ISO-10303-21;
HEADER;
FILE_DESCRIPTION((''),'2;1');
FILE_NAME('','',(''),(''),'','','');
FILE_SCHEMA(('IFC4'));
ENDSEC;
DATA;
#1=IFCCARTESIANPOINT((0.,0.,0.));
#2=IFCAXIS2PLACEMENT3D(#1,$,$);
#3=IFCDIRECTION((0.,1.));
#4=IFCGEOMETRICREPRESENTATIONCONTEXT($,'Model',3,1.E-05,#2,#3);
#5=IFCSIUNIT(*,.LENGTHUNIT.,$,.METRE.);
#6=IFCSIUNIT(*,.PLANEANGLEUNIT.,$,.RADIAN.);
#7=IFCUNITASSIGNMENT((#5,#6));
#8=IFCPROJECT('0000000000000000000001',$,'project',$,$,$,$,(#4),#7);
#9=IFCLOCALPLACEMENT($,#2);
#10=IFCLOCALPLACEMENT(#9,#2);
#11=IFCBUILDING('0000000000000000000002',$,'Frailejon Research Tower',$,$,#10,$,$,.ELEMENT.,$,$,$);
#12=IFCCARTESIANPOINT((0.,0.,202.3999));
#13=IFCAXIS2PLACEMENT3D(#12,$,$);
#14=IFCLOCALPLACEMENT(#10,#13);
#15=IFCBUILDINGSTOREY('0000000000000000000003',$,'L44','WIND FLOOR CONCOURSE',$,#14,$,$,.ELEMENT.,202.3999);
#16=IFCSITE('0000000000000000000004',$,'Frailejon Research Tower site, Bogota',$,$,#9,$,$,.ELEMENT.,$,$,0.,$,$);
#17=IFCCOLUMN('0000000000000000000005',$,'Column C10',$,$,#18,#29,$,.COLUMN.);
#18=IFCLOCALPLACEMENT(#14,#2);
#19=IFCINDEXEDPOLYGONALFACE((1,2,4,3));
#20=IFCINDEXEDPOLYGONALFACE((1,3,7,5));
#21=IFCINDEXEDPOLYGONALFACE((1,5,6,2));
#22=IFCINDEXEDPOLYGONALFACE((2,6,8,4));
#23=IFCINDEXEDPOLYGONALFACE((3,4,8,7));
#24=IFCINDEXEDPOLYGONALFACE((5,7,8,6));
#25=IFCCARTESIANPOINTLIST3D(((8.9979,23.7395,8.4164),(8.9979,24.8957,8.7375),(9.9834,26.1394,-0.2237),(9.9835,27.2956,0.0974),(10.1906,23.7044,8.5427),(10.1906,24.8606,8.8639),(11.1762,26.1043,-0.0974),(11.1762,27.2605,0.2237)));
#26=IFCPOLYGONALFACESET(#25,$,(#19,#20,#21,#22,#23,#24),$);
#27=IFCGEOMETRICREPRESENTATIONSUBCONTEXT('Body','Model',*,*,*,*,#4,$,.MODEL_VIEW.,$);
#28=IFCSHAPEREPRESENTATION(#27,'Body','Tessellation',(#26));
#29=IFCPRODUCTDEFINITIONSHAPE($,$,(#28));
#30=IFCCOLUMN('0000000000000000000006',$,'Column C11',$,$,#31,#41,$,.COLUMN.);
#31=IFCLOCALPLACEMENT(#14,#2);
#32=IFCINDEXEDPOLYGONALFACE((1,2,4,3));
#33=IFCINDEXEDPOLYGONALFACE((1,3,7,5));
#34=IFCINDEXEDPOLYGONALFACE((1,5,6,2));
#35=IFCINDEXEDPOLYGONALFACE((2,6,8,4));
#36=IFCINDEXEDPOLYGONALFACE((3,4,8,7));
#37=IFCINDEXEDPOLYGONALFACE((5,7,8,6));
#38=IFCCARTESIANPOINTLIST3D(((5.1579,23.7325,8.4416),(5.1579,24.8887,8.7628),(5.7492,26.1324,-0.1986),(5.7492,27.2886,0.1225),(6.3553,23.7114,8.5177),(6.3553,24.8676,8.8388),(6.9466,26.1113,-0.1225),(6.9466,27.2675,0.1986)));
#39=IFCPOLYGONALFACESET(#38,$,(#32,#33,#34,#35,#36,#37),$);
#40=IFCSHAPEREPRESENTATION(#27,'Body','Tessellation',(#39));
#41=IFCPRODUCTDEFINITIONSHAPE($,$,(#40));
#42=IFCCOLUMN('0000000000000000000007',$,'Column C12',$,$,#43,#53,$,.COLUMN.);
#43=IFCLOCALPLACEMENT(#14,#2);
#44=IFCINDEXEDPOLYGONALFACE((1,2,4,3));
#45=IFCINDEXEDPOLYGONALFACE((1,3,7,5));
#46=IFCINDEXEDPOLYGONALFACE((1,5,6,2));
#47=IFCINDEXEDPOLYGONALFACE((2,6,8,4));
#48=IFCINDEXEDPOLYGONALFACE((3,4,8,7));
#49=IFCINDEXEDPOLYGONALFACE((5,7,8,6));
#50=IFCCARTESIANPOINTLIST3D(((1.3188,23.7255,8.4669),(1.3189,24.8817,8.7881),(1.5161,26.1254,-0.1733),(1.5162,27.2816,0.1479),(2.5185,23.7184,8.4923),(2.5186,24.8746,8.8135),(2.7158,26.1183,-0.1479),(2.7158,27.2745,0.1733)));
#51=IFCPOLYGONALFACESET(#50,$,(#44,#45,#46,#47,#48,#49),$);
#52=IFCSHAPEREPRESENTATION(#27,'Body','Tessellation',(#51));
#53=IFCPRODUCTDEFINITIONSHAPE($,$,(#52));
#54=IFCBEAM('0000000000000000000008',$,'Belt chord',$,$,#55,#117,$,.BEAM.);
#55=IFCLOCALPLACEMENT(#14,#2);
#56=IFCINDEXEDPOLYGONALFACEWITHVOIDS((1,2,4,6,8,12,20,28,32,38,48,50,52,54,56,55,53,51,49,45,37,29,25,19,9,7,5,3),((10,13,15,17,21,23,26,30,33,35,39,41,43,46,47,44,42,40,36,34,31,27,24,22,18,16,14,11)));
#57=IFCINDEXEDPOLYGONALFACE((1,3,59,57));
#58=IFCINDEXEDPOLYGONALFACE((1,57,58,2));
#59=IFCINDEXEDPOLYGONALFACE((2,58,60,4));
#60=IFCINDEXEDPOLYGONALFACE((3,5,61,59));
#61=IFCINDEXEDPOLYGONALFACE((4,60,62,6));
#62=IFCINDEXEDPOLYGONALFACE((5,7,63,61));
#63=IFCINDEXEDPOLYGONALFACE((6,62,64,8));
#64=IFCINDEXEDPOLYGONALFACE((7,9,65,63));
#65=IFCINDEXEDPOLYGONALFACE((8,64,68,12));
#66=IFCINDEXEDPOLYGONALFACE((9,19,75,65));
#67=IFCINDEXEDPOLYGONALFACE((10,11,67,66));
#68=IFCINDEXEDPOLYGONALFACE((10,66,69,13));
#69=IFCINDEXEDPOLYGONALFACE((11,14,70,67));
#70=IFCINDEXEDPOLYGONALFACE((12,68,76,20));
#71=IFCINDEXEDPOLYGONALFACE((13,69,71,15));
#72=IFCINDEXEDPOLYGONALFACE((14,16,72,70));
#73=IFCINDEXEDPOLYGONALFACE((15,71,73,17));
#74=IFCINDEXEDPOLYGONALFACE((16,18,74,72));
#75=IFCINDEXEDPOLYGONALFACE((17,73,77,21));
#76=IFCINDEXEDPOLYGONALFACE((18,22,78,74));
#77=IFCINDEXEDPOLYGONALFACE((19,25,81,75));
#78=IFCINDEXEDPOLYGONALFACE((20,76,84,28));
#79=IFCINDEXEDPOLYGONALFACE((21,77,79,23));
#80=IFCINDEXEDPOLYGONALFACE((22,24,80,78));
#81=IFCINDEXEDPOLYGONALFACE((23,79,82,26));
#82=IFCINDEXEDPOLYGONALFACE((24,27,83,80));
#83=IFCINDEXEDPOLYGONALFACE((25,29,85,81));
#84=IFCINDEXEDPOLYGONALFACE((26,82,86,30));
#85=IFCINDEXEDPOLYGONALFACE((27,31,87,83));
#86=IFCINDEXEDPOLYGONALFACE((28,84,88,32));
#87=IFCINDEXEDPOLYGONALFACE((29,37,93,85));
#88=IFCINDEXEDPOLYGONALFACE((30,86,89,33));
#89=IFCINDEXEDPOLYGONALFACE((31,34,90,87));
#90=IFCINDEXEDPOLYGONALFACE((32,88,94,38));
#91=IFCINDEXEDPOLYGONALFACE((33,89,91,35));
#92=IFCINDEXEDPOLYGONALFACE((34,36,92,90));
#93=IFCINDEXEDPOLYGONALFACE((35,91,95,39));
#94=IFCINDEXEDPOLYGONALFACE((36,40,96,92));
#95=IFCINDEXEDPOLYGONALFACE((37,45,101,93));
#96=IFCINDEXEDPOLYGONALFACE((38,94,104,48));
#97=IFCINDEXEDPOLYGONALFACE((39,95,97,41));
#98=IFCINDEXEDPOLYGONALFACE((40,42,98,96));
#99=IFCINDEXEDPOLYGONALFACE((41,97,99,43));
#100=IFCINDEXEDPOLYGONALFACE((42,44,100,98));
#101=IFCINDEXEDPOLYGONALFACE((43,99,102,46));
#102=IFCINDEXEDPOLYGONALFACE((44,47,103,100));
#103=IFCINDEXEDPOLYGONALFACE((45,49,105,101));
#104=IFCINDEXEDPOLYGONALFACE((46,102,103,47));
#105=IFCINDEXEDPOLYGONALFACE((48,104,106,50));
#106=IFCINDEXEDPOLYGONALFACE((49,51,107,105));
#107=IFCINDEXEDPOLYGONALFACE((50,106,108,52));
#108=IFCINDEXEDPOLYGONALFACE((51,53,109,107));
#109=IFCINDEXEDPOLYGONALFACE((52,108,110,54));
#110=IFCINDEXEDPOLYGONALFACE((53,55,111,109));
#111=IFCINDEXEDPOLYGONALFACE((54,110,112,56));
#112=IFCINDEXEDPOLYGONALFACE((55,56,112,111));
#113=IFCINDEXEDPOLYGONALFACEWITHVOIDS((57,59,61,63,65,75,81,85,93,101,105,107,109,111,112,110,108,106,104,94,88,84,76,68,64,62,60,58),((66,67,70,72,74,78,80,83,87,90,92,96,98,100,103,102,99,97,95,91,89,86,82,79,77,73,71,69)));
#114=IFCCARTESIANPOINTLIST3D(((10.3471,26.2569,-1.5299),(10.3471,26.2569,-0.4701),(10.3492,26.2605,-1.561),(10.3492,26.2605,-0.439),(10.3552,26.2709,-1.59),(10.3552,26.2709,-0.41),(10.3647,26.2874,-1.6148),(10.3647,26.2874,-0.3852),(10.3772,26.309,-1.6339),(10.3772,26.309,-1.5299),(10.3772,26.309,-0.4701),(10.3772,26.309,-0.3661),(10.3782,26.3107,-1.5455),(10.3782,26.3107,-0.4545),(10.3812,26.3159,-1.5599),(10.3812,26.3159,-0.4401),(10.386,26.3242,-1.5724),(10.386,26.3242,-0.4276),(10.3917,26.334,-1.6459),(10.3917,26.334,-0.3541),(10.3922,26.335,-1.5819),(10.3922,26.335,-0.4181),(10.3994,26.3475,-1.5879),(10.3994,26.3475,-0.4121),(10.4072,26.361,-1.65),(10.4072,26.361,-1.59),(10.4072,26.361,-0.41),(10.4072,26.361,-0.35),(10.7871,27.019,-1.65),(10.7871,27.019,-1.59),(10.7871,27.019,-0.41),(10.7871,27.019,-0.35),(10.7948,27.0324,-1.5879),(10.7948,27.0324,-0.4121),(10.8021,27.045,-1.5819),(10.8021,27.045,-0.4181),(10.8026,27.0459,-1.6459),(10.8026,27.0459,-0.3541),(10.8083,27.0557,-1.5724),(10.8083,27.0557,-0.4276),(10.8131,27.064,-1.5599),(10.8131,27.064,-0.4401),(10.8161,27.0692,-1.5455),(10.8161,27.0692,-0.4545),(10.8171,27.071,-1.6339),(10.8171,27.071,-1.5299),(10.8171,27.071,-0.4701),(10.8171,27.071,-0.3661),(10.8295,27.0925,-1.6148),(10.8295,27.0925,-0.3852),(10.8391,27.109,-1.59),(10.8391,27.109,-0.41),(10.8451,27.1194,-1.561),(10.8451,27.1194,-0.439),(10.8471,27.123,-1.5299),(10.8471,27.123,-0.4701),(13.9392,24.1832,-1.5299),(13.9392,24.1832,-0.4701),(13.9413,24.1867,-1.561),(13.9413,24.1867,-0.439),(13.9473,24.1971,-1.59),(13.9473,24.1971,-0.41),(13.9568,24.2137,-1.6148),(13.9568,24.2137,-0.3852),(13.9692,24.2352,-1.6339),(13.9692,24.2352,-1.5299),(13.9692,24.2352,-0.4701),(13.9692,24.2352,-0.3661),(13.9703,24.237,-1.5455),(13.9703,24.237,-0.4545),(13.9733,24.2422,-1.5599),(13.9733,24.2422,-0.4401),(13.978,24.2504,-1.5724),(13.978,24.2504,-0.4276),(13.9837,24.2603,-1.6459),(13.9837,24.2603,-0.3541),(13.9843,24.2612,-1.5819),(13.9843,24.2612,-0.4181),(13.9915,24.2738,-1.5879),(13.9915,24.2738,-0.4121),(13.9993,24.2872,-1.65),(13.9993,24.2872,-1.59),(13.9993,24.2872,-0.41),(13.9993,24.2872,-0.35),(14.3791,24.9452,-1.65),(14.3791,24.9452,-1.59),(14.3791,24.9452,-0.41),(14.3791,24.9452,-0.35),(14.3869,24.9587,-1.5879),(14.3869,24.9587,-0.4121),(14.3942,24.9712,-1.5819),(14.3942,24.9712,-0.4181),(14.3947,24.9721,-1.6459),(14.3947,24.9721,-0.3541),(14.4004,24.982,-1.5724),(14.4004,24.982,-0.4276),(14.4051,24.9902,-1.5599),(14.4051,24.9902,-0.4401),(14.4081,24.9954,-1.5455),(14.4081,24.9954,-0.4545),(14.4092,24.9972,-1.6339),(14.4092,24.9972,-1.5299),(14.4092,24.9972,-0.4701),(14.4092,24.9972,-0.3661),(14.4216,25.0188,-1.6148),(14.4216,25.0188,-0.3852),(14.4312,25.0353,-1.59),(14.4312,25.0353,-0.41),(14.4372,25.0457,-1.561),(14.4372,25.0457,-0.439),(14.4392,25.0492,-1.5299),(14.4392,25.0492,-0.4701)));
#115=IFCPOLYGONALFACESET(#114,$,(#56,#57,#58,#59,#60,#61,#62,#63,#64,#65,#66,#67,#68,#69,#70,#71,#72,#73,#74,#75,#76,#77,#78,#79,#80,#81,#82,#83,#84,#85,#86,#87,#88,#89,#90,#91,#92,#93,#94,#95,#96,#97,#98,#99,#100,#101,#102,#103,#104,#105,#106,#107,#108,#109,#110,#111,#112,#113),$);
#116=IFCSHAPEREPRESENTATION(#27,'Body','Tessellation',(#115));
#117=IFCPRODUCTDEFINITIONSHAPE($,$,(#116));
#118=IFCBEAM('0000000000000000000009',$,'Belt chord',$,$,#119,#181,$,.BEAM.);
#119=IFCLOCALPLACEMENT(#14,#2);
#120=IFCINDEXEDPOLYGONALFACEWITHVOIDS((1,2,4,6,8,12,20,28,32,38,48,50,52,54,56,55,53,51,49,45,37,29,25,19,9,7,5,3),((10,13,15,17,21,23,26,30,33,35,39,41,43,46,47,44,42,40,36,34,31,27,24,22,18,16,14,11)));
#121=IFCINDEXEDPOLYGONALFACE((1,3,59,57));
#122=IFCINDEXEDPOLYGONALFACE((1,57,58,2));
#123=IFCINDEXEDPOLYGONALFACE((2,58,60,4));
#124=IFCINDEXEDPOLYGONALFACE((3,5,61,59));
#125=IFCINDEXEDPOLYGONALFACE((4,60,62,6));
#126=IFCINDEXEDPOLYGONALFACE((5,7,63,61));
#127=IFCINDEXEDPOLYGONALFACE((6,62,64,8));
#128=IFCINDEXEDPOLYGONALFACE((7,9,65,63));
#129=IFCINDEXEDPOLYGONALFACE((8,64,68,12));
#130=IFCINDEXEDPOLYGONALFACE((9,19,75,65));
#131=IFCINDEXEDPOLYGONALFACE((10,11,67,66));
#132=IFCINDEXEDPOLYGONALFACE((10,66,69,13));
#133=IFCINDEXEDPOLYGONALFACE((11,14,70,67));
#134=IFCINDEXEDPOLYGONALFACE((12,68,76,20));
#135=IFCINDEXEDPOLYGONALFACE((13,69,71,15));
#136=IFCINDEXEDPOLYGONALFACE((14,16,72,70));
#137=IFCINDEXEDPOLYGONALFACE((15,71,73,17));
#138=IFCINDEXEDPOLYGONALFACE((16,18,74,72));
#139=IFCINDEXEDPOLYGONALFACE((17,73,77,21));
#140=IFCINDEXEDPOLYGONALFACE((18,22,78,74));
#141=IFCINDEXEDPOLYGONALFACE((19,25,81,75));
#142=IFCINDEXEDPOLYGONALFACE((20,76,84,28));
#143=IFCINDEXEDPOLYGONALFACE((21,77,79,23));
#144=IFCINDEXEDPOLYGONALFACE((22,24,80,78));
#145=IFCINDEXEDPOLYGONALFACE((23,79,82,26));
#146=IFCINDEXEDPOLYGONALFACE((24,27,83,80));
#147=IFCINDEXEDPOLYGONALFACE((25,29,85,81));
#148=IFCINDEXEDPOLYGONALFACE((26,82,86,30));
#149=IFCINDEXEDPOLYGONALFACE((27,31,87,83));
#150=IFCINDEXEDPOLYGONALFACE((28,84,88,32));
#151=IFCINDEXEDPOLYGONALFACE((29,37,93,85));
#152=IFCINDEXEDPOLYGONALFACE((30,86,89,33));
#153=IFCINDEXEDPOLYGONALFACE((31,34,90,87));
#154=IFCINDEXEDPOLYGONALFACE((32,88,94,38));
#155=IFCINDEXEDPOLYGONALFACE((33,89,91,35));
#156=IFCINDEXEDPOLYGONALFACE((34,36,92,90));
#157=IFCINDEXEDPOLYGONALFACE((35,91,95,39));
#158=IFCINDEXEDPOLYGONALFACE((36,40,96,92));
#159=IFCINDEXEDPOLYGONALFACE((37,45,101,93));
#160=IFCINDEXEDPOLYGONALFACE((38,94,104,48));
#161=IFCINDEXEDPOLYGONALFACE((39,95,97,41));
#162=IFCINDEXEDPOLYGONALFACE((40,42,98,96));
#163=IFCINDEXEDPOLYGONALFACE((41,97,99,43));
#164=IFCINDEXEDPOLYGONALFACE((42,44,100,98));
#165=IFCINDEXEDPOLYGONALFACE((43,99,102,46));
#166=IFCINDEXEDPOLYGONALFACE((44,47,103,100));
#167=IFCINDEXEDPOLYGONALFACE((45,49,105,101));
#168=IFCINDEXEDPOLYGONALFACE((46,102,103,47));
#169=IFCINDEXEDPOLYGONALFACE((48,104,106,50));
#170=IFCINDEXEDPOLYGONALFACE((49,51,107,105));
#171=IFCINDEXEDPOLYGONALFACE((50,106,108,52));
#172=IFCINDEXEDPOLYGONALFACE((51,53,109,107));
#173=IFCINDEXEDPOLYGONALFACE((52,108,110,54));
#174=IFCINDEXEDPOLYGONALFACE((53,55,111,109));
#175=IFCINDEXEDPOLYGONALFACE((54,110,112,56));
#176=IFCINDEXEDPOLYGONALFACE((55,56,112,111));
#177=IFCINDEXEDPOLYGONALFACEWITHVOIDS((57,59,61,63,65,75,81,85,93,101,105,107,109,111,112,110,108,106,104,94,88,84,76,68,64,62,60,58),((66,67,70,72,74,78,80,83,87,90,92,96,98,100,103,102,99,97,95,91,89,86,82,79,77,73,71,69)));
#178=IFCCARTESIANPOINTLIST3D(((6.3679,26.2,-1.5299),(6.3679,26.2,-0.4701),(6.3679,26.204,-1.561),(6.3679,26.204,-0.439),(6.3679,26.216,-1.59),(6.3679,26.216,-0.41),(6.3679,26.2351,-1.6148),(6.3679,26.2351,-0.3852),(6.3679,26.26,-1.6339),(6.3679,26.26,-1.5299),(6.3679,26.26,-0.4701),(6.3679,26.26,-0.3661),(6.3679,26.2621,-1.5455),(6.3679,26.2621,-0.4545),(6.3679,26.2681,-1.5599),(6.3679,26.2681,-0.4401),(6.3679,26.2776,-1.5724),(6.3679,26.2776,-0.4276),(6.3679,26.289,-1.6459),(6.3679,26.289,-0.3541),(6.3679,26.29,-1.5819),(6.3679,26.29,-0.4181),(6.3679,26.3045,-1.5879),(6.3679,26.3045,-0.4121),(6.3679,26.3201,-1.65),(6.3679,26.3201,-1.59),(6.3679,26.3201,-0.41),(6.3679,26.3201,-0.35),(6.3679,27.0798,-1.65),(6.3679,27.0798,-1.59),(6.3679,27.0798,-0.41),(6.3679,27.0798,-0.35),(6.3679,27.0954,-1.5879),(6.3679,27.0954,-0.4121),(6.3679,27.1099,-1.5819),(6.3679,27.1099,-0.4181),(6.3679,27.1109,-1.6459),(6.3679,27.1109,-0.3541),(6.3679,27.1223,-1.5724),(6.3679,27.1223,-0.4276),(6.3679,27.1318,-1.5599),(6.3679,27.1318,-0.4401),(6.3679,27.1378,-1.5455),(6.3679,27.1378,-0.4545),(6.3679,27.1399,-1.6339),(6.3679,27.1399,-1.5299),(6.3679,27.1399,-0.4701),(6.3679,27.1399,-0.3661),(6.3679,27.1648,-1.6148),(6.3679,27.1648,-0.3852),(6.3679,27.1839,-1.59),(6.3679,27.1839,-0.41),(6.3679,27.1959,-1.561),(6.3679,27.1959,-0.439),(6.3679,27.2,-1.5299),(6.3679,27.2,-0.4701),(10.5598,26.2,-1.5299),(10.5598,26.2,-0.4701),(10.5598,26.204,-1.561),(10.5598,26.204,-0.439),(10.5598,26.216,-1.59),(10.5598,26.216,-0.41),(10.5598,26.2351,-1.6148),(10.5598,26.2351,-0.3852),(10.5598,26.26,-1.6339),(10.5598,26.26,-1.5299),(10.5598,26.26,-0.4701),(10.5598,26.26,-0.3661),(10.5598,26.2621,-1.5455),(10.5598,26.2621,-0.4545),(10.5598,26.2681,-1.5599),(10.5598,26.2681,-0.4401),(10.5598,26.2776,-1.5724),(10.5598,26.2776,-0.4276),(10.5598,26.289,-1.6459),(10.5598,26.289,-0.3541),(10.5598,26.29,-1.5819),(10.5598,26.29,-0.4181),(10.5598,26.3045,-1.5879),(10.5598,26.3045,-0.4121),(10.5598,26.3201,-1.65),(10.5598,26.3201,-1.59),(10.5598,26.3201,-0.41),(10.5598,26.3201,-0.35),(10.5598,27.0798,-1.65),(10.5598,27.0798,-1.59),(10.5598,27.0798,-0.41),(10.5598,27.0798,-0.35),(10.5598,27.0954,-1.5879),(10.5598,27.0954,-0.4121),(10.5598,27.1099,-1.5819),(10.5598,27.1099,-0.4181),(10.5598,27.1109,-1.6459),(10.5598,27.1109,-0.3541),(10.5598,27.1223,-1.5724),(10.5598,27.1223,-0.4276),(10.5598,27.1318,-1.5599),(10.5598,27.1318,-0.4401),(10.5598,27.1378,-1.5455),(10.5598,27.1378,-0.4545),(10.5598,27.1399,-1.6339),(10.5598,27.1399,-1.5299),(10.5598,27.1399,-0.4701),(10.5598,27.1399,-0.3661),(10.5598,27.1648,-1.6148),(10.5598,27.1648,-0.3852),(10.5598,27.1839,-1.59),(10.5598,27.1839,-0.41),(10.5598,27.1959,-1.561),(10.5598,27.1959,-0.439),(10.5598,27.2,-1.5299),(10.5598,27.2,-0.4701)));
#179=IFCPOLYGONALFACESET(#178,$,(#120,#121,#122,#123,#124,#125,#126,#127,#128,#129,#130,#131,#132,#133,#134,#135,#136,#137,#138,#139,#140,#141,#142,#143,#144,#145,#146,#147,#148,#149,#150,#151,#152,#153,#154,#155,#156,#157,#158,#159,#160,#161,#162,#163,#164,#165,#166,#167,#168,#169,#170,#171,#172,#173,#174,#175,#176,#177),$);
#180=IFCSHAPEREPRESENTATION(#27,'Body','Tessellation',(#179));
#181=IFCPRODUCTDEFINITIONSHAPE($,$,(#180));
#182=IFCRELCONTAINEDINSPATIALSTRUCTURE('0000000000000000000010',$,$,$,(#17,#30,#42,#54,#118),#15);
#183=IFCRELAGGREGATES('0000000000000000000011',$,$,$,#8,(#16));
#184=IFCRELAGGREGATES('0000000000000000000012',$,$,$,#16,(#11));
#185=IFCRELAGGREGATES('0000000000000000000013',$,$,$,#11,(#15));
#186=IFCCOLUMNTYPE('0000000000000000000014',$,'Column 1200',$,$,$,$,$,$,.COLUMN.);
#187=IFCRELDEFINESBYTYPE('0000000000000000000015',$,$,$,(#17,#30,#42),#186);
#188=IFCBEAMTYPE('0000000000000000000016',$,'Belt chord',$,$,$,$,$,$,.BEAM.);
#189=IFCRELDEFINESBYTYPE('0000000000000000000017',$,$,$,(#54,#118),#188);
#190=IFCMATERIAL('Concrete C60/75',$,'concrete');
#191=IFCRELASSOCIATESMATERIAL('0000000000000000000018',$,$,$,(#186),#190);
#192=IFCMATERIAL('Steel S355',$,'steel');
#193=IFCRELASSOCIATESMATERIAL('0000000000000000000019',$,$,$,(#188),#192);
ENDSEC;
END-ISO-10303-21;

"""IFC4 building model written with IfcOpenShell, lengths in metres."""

from ifc_helpers import new_model, si_unit, direction, frame, origin, origin_2d, place, context, subcontext, project, spatial, rectangle, hollow_rectangle, extrude, material, material_profile, profile_set, type_object, element, save


model = new_model("IFC4")

# Units and contexts
model_context = context("Model", 3, precision=1e-05, world=origin(), true_north=direction((0.0, 1.0)))
body_context = subcontext(model_context, "Body", "Model", "MODEL_VIEW")
ifc_project = project(units=[si_unit("LENGTHUNIT", "METRE"), si_unit("PLANEANGLEUNIT", "RADIAN")], contexts=[model_context])

# Site, building, storey
site_placement = place(None, origin())
site = spatial("IfcSite", under=ifc_project, at=site_placement, Name="Frailejon Research Tower site, Bogota", CompositionType="ELEMENT", RefElevation=0.0)
building_placement = place(site_placement, origin())
building = spatial("IfcBuilding", under=site, at=building_placement, Name="Frailejon Research Tower", CompositionType="ELEMENT")
storey_placement = place(building_placement, frame((0.0, 0.0, 202.3999)))
storey = spatial("IfcBuildingStorey", under=building, at=storey_placement, Name="L44", Description="WIND FLOOR CONCOURSE", CompositionType="ELEMENT", Elevation=202.3999)

# Columns
ifc_material_1 = material(Name="Concrete C60/75", Category="concrete")
ifc_material_profile_1 = material_profile(ifc_material_1, rectangle(XDim=1.2, YDim=1.2, at=origin_2d()), Name="Column 1200")
ifc_profile_set_1 = profile_set([ifc_material_profile_1], Name="Concrete C60/75")
column_type = type_object("IfcColumnType", Name="Column 1200", PredefinedType="COLUMN", material=ifc_profile_set_1)
column_1_placement = place(storey_placement, frame((10.5798, 26.7, 0.0), z_axis=(-0.109253, -0.266028, 0.957754), x_axis=(-0.994014, 0.029243, -0.105266)))
element("IfcColumn", 1, at=column_1_placement, inside=storey, type_object=column_type, Name="Column C10", PredefinedType="COLUMN", context=body_context, shape_type="SweptSolid", body=[
    extrude(rectangle(XDim=1.2, YDim=1.2, at=origin_2d()), origin(), (0.0, 0.0, 1.0), 9.0212),
])
column_2_placement = place(storey_placement, frame((6.3479, 26.7, 0.0), z_axis=(-0.065798, -0.26705, 0.961434), x_axis=(-0.997833, 0.0176, -0.063401)))
element("IfcColumn", 2, at=column_2_placement, inside=storey, type_object=column_type, Name="Column C11", PredefinedType="COLUMN", context=body_context, shape_type="SweptSolid", body=[
    extrude(rectangle(XDim=1.2, YDim=1.2, at=origin_2d()), origin(), (0.0, 0.0, 1.0), 8.9868),
])
column_3_placement = place(storey_placement, frame((2.116, 26.7, 0.0), z_axis=(-0.021993, -0.267565, 0.963289), x_axis=(-0.999758, 0.00592, -0.021181)))
element("IfcColumn", 3, at=column_3_placement, inside=storey, type_object=column_type, Name="Column C12", PredefinedType="COLUMN", context=body_context, shape_type="SweptSolid", body=[
    extrude(rectangle(XDim=1.2, YDim=1.2, at=origin_2d()), origin(), (0.0, 0.0, 1.0), 8.9695),
])

# Beams
ifc_material_2 = material(Name="Steel S355", Category="steel")
ifc_material_profile_2 = material_profile(ifc_material_2, hollow_rectangle(XDim=1.0, YDim=1.3, WallThickness=0.0601, InnerFilletRadius=0.0601, OuterFilletRadius=0.1201, at=origin_2d()), Name="Belt chord")
ifc_profile_set_2 = profile_set([ifc_material_profile_2], Name="Steel S355")
beam_type_1 = type_object("IfcBeamType", Name="Belt chord", PredefinedType="BEAM", material=ifc_profile_set_2)
beam_1_placement = place(storey_placement, frame((14.1892, 24.6162, -1.0), z_axis=(-0.86604, 0.499976, 0.0), x_axis=(-0.499976, -0.86604, 0.0)))
element("IfcBeam", 4, at=beam_1_placement, inside=storey, type_object=beam_type_1, Name="Belt chord", PredefinedType="BEAM", context=body_context, shape_type="SweptSolid", body=[
    extrude(hollow_rectangle(XDim=1.0, YDim=1.3, WallThickness=0.0601, InnerFilletRadius=0.0601, OuterFilletRadius=0.1201, at=origin_2d()), origin(), (0.0, 0.0, 1.0), 4.1477),
])
for number, where, z_axis, x_axis, name in (
    (5, (10.5598, 26.7, -1.0), (-1.0, 0.0, 0.0), (0.0, -1.0, 0.0), "Belt chord"),
):
    element("IfcBeam", number, at=place(storey_placement, frame(where, z_axis=z_axis, x_axis=x_axis)), inside=storey, type_object=beam_type_1, Name=name, PredefinedType="BEAM", context=body_context, shape_type="SweptSolid", body=[
        extrude(hollow_rectangle(XDim=1.0, YDim=1.3, WallThickness=0.0601, InnerFilletRadius=0.0601, OuterFilletRadius=0.1201, at=origin_2d()), origin(), (0.0, 0.0, 1.0), 4.1919),
    ])

save(model, "model.ifc")
